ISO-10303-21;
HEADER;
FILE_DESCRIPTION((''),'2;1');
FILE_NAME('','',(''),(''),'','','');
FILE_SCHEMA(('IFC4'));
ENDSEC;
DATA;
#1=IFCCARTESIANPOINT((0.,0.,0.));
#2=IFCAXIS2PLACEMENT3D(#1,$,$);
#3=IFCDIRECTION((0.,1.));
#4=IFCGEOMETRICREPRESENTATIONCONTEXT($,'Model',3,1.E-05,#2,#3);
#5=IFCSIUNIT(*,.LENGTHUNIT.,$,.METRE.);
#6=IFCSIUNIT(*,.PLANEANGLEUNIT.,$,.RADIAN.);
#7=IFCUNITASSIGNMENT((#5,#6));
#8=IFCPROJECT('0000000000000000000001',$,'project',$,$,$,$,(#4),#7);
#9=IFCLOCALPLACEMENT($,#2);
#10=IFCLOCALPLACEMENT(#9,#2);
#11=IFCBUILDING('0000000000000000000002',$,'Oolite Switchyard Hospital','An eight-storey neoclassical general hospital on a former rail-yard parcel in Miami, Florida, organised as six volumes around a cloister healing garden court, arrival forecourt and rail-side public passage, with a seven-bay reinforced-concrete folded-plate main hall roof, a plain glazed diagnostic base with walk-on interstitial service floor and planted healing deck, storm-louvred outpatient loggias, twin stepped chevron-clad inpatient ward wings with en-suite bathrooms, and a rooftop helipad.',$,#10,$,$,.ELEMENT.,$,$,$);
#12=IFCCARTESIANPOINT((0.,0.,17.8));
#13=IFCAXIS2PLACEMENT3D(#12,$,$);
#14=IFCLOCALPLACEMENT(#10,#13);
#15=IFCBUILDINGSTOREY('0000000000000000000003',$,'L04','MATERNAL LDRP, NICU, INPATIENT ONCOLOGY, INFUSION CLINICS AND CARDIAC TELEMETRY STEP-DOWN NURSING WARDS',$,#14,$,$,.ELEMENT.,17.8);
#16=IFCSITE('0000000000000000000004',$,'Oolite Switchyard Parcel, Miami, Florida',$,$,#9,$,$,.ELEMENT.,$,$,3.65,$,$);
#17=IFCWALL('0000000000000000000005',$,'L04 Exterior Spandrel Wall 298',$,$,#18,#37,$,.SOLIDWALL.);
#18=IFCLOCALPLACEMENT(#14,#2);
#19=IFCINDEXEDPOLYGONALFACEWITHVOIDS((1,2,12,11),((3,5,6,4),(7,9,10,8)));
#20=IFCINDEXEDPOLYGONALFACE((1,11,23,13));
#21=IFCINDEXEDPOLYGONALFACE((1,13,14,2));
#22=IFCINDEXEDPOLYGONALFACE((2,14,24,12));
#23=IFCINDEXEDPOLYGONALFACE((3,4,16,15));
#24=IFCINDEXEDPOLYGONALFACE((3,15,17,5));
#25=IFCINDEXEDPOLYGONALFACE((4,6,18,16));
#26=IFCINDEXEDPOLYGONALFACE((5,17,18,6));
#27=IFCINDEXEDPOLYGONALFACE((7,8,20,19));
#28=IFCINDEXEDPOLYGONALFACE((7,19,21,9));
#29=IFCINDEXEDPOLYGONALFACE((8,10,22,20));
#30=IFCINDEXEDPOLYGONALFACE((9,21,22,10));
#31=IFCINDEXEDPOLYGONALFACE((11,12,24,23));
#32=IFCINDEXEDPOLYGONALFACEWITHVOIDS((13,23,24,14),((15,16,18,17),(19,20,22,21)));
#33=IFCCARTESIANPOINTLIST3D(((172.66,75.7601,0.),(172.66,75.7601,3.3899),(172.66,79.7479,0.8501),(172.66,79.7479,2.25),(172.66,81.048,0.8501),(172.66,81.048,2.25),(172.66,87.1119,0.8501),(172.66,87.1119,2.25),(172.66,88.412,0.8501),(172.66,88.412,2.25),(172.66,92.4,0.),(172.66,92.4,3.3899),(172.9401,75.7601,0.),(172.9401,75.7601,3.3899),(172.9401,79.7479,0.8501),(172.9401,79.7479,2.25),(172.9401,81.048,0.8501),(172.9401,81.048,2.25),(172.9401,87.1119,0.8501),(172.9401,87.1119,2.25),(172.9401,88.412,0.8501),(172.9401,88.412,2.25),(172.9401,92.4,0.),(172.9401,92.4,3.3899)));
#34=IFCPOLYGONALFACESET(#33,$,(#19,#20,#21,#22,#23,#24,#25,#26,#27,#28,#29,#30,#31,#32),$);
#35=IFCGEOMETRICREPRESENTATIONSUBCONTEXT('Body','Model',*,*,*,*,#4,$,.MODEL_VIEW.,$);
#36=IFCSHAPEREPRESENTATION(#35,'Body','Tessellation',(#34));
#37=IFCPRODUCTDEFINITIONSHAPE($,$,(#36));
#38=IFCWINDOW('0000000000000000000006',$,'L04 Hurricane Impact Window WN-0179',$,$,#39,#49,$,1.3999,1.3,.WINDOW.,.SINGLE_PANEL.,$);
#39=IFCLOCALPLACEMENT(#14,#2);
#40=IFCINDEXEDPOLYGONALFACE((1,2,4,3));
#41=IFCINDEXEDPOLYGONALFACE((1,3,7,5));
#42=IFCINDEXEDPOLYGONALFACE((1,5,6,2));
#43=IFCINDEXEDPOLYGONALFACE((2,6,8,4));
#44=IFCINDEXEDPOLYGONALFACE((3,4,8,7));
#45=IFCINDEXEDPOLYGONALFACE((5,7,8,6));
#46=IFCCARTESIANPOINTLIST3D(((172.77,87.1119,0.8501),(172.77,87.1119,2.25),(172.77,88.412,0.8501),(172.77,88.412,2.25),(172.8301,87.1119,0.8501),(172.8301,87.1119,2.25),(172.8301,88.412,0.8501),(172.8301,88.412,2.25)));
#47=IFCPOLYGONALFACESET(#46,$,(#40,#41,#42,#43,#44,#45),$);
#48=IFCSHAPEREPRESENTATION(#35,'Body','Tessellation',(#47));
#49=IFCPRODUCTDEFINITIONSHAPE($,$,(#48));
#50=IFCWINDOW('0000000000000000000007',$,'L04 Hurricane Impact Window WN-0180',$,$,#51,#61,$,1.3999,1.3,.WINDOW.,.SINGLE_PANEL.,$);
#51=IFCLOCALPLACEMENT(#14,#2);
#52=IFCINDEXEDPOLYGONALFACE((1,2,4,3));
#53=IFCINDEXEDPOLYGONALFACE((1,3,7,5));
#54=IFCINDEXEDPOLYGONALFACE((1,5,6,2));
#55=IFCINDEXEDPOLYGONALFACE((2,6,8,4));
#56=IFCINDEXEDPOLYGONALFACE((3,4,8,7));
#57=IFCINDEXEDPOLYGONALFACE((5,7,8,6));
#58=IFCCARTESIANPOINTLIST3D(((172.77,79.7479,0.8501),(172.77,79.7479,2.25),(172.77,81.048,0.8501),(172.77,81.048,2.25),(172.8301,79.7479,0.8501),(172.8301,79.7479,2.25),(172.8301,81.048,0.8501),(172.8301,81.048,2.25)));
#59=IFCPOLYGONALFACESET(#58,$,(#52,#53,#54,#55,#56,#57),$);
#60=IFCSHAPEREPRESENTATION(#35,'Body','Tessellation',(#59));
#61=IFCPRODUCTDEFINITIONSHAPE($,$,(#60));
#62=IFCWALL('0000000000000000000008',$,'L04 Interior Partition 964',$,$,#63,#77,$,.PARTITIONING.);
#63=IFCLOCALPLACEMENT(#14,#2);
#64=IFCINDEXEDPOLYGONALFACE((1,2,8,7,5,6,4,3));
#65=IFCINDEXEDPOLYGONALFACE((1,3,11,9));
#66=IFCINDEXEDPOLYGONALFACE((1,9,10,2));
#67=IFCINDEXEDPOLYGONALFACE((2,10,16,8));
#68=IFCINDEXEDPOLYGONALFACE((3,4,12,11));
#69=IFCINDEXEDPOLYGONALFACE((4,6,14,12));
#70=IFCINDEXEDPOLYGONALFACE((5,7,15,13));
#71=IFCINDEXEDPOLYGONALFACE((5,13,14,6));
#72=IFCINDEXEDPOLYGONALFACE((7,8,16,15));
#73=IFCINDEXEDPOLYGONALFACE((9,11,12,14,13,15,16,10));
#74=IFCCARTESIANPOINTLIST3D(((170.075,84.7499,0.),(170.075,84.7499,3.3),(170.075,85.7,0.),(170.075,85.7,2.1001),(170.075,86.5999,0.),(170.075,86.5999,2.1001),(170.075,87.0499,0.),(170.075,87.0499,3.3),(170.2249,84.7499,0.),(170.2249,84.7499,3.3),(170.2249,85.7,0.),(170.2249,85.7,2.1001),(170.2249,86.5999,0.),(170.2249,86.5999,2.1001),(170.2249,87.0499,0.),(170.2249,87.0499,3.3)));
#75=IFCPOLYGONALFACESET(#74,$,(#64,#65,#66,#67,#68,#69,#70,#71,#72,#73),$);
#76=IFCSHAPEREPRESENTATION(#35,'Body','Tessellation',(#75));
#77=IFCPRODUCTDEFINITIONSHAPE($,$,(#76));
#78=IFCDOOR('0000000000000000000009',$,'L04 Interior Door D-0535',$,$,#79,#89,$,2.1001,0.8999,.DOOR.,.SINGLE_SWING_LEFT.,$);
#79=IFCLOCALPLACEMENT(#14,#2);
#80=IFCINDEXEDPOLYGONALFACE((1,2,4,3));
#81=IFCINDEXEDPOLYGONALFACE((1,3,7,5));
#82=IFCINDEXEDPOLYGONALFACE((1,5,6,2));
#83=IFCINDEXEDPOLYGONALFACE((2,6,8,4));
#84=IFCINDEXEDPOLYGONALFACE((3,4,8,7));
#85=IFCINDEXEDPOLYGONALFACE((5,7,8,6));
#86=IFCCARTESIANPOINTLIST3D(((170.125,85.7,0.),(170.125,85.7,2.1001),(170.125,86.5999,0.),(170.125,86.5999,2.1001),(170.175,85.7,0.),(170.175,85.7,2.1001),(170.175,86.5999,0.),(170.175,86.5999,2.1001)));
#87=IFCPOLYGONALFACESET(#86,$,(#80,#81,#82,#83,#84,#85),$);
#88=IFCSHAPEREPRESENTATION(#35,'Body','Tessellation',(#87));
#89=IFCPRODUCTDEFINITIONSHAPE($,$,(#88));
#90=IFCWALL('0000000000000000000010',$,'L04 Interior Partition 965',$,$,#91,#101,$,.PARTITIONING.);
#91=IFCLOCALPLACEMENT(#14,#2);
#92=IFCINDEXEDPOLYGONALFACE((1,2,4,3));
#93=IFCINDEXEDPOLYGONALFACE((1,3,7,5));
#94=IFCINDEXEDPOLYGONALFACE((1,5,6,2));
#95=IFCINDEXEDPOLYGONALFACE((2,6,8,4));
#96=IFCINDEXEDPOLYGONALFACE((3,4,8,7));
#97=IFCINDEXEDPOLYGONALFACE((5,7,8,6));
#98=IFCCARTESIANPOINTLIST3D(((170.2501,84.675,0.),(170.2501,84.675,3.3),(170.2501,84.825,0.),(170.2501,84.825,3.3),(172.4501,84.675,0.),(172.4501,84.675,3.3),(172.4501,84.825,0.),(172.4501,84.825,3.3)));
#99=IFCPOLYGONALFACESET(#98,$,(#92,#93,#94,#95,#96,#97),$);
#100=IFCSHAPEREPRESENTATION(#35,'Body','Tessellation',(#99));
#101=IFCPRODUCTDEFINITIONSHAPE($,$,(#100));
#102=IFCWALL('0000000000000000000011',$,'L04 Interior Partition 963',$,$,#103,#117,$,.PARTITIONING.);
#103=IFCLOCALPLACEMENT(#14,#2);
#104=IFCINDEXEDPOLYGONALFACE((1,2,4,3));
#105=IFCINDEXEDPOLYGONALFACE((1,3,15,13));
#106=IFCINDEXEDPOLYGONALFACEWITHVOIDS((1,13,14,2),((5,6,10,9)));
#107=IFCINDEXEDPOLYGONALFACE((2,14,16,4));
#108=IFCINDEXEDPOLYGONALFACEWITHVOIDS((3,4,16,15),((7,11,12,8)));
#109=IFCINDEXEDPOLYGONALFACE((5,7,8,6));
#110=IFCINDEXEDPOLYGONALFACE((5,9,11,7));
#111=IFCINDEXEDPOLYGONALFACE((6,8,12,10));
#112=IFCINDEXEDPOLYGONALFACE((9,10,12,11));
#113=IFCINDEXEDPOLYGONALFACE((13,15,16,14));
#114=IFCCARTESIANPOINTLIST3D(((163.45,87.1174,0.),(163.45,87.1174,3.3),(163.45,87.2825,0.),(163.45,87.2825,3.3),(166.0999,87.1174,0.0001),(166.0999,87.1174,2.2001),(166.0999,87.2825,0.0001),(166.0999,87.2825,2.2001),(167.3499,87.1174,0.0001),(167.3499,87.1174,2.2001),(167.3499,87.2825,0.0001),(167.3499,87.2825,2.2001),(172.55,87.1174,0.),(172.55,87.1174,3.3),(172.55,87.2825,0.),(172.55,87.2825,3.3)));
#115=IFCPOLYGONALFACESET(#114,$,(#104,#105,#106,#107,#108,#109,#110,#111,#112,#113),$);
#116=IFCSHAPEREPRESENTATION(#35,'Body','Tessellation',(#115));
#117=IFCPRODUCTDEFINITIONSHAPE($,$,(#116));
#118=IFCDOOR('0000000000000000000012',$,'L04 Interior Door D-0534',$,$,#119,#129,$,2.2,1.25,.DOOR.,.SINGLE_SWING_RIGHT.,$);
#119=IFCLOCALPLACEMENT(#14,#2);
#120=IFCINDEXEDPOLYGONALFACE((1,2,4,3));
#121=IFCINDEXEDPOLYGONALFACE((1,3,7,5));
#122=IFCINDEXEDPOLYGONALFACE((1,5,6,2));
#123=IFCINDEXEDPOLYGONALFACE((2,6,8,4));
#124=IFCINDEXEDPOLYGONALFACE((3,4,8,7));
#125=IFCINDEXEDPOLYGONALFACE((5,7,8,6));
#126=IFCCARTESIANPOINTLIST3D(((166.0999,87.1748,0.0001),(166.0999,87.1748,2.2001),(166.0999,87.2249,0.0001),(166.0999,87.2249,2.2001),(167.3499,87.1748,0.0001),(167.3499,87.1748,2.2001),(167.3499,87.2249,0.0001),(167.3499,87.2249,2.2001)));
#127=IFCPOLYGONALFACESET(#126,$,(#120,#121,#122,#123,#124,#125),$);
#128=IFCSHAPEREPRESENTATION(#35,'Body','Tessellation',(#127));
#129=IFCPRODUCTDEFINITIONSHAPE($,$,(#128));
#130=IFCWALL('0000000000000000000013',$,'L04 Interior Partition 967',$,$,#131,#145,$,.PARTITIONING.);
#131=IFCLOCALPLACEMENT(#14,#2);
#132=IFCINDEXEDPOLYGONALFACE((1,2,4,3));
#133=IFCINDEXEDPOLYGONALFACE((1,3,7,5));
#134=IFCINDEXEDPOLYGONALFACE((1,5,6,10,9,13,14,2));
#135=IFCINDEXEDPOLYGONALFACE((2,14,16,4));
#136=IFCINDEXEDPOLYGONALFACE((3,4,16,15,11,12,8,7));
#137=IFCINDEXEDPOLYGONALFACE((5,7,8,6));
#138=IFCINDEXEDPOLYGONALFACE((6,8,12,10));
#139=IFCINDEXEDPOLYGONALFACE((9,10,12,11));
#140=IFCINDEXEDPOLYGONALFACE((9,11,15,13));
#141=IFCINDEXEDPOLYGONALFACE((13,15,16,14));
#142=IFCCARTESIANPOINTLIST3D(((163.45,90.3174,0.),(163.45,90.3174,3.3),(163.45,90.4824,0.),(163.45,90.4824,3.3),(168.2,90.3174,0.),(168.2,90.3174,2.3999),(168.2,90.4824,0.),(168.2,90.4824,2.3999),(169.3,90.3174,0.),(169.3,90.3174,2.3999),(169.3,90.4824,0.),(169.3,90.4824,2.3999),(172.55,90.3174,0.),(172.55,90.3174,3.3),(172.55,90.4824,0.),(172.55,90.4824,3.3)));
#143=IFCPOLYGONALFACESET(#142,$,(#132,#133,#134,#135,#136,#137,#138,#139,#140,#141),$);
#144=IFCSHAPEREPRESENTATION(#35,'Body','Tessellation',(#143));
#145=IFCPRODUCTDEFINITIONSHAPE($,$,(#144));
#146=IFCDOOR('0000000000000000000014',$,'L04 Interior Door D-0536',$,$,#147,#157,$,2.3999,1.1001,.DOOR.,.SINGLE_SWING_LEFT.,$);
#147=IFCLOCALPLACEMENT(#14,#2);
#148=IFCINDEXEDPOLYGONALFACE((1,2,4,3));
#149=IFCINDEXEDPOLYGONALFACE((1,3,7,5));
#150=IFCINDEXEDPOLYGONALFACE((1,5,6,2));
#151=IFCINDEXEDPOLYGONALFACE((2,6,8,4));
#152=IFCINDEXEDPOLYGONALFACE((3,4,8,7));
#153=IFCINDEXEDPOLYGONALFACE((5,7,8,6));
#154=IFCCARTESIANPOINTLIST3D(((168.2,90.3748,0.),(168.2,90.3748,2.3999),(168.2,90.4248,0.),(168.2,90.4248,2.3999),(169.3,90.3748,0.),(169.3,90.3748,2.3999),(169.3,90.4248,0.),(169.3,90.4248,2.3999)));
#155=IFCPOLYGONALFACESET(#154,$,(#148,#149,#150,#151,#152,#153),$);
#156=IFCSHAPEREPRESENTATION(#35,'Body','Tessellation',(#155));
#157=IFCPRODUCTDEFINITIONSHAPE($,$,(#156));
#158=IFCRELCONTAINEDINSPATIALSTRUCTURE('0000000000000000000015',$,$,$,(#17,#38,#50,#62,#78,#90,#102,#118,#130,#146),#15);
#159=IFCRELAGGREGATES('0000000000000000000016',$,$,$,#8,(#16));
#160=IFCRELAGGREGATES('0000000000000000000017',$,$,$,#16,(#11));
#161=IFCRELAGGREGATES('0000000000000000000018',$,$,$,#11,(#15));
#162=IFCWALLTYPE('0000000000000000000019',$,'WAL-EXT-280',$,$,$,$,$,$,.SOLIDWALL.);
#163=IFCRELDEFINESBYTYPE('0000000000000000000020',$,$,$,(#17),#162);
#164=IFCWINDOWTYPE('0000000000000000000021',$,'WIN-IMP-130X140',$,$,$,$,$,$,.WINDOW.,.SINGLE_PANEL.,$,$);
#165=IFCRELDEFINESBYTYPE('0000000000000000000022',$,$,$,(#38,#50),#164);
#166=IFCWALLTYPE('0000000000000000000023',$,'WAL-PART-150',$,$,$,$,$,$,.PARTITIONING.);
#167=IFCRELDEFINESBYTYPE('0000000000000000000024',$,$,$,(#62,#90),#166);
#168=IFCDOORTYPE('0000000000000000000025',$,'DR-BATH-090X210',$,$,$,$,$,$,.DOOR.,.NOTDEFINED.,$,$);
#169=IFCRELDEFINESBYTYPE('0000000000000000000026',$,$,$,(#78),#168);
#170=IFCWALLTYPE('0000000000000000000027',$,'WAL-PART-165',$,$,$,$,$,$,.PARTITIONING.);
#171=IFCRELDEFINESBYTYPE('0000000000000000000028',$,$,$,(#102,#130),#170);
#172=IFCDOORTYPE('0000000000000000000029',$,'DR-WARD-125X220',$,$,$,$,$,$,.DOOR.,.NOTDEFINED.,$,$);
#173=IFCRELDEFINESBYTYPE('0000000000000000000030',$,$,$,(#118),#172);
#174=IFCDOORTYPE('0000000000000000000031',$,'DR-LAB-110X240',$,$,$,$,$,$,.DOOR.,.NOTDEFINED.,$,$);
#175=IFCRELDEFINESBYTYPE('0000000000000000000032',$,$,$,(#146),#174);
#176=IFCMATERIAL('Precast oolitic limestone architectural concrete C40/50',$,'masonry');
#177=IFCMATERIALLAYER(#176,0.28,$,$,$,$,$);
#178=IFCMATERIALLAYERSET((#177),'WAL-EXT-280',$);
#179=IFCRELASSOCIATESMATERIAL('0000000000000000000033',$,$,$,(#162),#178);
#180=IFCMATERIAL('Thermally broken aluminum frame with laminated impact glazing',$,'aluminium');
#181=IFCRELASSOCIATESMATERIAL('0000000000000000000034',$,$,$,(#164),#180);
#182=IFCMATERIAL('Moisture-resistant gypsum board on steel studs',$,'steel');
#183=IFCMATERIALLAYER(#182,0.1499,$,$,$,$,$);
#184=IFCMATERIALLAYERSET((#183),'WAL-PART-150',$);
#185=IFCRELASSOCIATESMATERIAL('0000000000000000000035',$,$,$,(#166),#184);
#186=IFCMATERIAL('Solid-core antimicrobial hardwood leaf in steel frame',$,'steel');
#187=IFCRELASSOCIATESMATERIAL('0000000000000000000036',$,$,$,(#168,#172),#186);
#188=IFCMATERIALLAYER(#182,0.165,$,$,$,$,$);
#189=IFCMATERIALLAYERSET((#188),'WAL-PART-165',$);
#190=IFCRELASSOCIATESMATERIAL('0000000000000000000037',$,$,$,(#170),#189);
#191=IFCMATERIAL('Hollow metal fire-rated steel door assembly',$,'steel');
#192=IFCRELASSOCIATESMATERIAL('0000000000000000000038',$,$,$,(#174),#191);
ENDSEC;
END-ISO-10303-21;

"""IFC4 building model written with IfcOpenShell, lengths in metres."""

from ifc_helpers import new_model, si_unit, direction, frame, frame_2d, origin, place, context, subcontext, project, spatial, rectangle, extrude, material, layer, layer_set, type_object, element, fill, save


model = new_model("IFC4")

# Units and contexts
model_context = context("Model", 3, precision=1e-05, world=origin(), true_north=direction((0.0, 1.0)))
body_context = subcontext(model_context, "Body", "Model", "MODEL_VIEW")
ifc_project = project(units=[si_unit("LENGTHUNIT", "METRE"), si_unit("PLANEANGLEUNIT", "RADIAN")], contexts=[model_context])

# Site, building, storey
site_placement = place(None, origin())
site = spatial("IfcSite", under=ifc_project, at=site_placement, Name="Oolite Switchyard Parcel, Miami, Florida", CompositionType="ELEMENT", RefElevation=3.65)
building_placement = place(site_placement, origin())
building = spatial("IfcBuilding", under=site, at=building_placement, Name="Oolite Switchyard Hospital", Description="An eight-storey neoclassical general hospital on a former rail-yard parcel in Miami, Florida, organised as six volumes around a cloister healing garden court, arrival forecourt and rail-side public passage, with a seven-bay reinforced-concrete folded-plate main hall roof, a plain glazed diagnostic base with walk-on interstitial service floor and planted healing deck, storm-louvred outpatient loggias, twin stepped chevron-clad inpatient ward wings with en-suite bathrooms, and a rooftop helipad.", CompositionType="ELEMENT")
storey_placement = place(building_placement, frame((0.0, 0.0, 17.8)))
storey = spatial("IfcBuildingStorey", under=building, at=storey_placement, Name="L04", Description="MATERNAL LDRP, NICU, INPATIENT ONCOLOGY, INFUSION CLINICS AND CARDIAC TELEMETRY STEP-DOWN NURSING WARDS", CompositionType="ELEMENT", Elevation=17.8)

# Wall, openings, windows
ifc_material_1 = material(Name="Precast oolitic limestone architectural concrete C40/50", Category="masonry")
ifc_layer_1 = layer(ifc_material_1, 0.28)
ifc_layer_set_1 = layer_set([ifc_layer_1], Name="WAL-EXT-280")
wall_type_1 = type_object("IfcWallType", Name="WAL-EXT-280", PredefinedType="SOLIDWALL", material=ifc_layer_set_1)
wall_1_placement = place(storey_placement, frame((172.8, 92.3999, 0.0), z_axis=(0.0, 0.0, 1.0), x_axis=(0.0, -1.0, 0.0)))
wall_1 = element("IfcWall", 1, at=wall_1_placement, inside=storey, type_object=wall_type_1, Name="L04 Exterior Spandrel Wall 298", PredefinedType="SOLIDWALL", context=body_context, shape_type="SweptSolid", body=[
    extrude(rectangle(XDim=16.6399, YDim=0.28, at=frame_2d((8.3198, 0.0))), origin(), (0.0, 0.0, 1.0), 3.3899),
])
opening_1_placement = place(wall_1_placement, frame((3.988, 0.0, 0.8501)))
opening_1 = element("IfcOpeningElement", 2, at=opening_1_placement, cuts=wall_1, PredefinedType="OPENING", context=body_context, shape_type="SweptSolid", body=[
    extrude(rectangle(XDim=1.3, YDim=1.3999, at=frame_2d((0.6499, 0.7))), frame((0.0, 0.1499, 0.0), z_axis=(0.0, -1.0, 0.0), x_axis=(1.0, 0.0, 0.0)), (0.0, 0.0, 1.0), 0.3),
])
opening_2_placement = place(wall_1_placement, frame((11.3521, 0.0, 0.8501)))
opening_2 = element("IfcOpeningElement", 3, at=opening_2_placement, cuts=wall_1, PredefinedType="OPENING", context=body_context, shape_type="SweptSolid", body=[
    extrude(rectangle(XDim=1.3, YDim=1.3999, at=frame_2d((0.6499, 0.7))), frame((0.0, 0.1499, 0.0), z_axis=(0.0, -1.0, 0.0), x_axis=(1.0, 0.0, 0.0)), (0.0, 0.0, 1.0), 0.3),
])
ifc_material_2 = material(Name="Thermally broken aluminum frame with laminated impact glazing", Category="aluminium")
window_type = type_object("IfcWindowType", Name="WIN-IMP-130X140", PartitioningType="SINGLE_PANEL", PredefinedType="WINDOW", material=ifc_material_2)
window_1_placement = place(opening_1_placement, origin())
window_1 = element("IfcWindow", 4, at=window_1_placement, inside=storey, type_object=window_type, Name="L04 Hurricane Impact Window WN-0179", OverallHeight=1.3999, OverallWidth=1.3, PartitioningType="SINGLE_PANEL", PredefinedType="WINDOW", context=body_context, shape_type="SweptSolid", body=[
    extrude(rectangle(XDim=1.3, YDim=1.3999, at=frame_2d((0.6499, 0.7))), frame((0.0, 0.03, 0.0), z_axis=(0.0, -1.0, 0.0), x_axis=(1.0, 0.0, 0.0)), (0.0, 0.0, 1.0), 0.0601),
])
fill(opening_1, window_1)
window_2_placement = place(opening_2_placement, origin())
window_2 = element("IfcWindow", 5, at=window_2_placement, inside=storey, type_object=window_type, Name="L04 Hurricane Impact Window WN-0180", OverallHeight=1.3999, OverallWidth=1.3, PartitioningType="SINGLE_PANEL", PredefinedType="WINDOW", context=body_context, shape_type="SweptSolid", body=[
    extrude(rectangle(XDim=1.3, YDim=1.3999, at=frame_2d((0.6499, 0.7))), frame((0.0, 0.03, 0.0), z_axis=(0.0, -1.0, 0.0), x_axis=(1.0, 0.0, 0.0)), (0.0, 0.0, 1.0), 0.0601),
])
fill(opening_2, window_2)

# Wall, opening, door
ifc_material_3 = material(Name="Moisture-resistant gypsum board on steel studs", Category="steel")
ifc_layer_2 = layer(ifc_material_3, 0.1499)
ifc_layer_set_2 = layer_set([ifc_layer_2], Name="WAL-PART-150")
wall_type_2 = type_object("IfcWallType", Name="WAL-PART-150", PredefinedType="PARTITIONING", material=ifc_layer_set_2)
wall_2_placement = place(storey_placement, frame((170.1499, 84.75, 0.0), z_axis=(0.0, 0.0, 1.0), x_axis=(0.0, 1.0, 0.0)))
wall_2 = element("IfcWall", 6, at=wall_2_placement, inside=storey, type_object=wall_type_2, Name="L04 Interior Partition 964", PredefinedType="PARTITIONING", context=body_context, shape_type="SweptSolid", body=[
    extrude(rectangle(XDim=2.3, YDim=0.1499, at=frame_2d((1.1499, 0.0))), origin(), (0.0, 0.0, 1.0), 3.3),
])
opening_3_placement = place(wall_2_placement, frame((0.95, 0.0, 0.0)))
opening_3 = element("IfcOpeningElement", 7, at=opening_3_placement, cuts=wall_2, PredefinedType="OPENING", context=body_context, shape_type="SweptSolid", body=[
    extrude(rectangle(XDim=0.8999, YDim=2.1001, at=frame_2d((0.45, 1.05))), frame((0.0, 0.085, 0.0), z_axis=(0.0, -1.0, 0.0), x_axis=(1.0, 0.0, 0.0)), (0.0, 0.0, 1.0), 0.1699),
])
ifc_material_4 = material(Name="Solid-core antimicrobial hardwood leaf in steel frame", Category="steel")
door_type_1 = type_object("IfcDoorType", Name="DR-BATH-090X210", OperationType="NOTDEFINED", PredefinedType="DOOR", material=ifc_material_4)
door_1_placement = place(opening_3_placement, origin())
door_1 = element("IfcDoor", 8, at=door_1_placement, inside=storey, type_object=door_type_1, Name="L04 Interior Door D-0535", OperationType="SINGLE_SWING_LEFT", OverallHeight=2.1001, OverallWidth=0.8999, PredefinedType="DOOR", context=body_context, shape_type="SweptSolid", body=[
    extrude(rectangle(XDim=0.8999, YDim=2.1001, at=frame_2d((0.45, 1.05))), frame((0.0, 0.0249, 0.0), z_axis=(0.0, -1.0, 0.0), x_axis=(1.0, 0.0, 0.0)), (0.0, 0.0, 1.0), 0.05),
])
fill(opening_3, door_1)

# Wall
wall_3_placement = place(storey_placement, frame((170.25, 84.75, 0.0), z_axis=(0.0, 0.0, 1.0), x_axis=(1.0, 0.0, 0.0)))
element("IfcWall", 9, at=wall_3_placement, inside=storey, type_object=wall_type_2, Name="L04 Interior Partition 965", PredefinedType="PARTITIONING", context=body_context, shape_type="SweptSolid", body=[
    extrude(rectangle(XDim=2.2, YDim=0.1499, at=frame_2d((1.1001, 0.0))), origin(), (0.0, 0.0, 1.0), 3.3),
])

# Walls, openings, doors
ifc_layer_3 = layer(ifc_material_3, 0.165)
ifc_layer_set_3 = layer_set([ifc_layer_3], Name="WAL-PART-165")
wall_type_3 = type_object("IfcWallType", Name="WAL-PART-165", PredefinedType="PARTITIONING", material=ifc_layer_set_3)
wall_4_placement = place(storey_placement, frame((163.45, 87.2, 0.0), z_axis=(0.0, 0.0, 1.0), x_axis=(1.0, 0.0, 0.0)))
wall_4 = element("IfcWall", 10, at=wall_4_placement, inside=storey, type_object=wall_type_3, Name="L04 Interior Partition 963", PredefinedType="PARTITIONING", context=body_context, shape_type="SweptSolid", body=[
    extrude(rectangle(XDim=9.1001, YDim=0.165, at=frame_2d((4.55, 0.0))), origin(), (0.0, 0.0, 1.0), 3.3),
])
opening_4_placement = place(wall_4_placement, frame((2.6499, 0.0, 0.0)))
opening_4 = element("IfcOpeningElement", 11, at=opening_4_placement, cuts=wall_4, PredefinedType="OPENING", context=body_context, shape_type="SweptSolid", body=[
    extrude(rectangle(XDim=1.25, YDim=2.2, at=frame_2d((0.625, 1.1001))), frame((0.0, 0.0925, 0.0), z_axis=(0.0, -1.0, 0.0), x_axis=(1.0, 0.0, 0.0)), (0.0, 0.0, 1.0), 0.1851),
])
door_type_2 = type_object("IfcDoorType", Name="DR-WARD-125X220", OperationType="NOTDEFINED", PredefinedType="DOOR", material=ifc_material_4)
door_2_placement = place(opening_4_placement, origin())
door_2 = element("IfcDoor", 12, at=door_2_placement, inside=storey, type_object=door_type_2, Name="L04 Interior Door D-0534", OperationType="SINGLE_SWING_RIGHT", OverallHeight=2.2, OverallWidth=1.25, PredefinedType="DOOR", context=body_context, shape_type="SweptSolid", body=[
    extrude(rectangle(XDim=1.25, YDim=2.2, at=frame_2d((0.625, 1.1001))), frame((0.0, 0.0249, 0.0), z_axis=(0.0, -1.0, 0.0), x_axis=(1.0, 0.0, 0.0)), (0.0, 0.0, 1.0), 0.05),
])
fill(opening_4, door_2)
wall_5_placement = place(storey_placement, frame((163.45, 90.3999, 0.0), z_axis=(0.0, 0.0, 1.0), x_axis=(1.0, 0.0, 0.0)))
wall_5 = element("IfcWall", 13, at=wall_5_placement, inside=storey, type_object=wall_type_3, Name="L04 Interior Partition 967", PredefinedType="PARTITIONING", context=body_context, shape_type="SweptSolid", body=[
    extrude(rectangle(XDim=9.1001, YDim=0.165, at=frame_2d((4.55, 0.0))), origin(), (0.0, 0.0, 1.0), 3.3),
])
opening_5_placement = place(wall_5_placement, frame((4.75, 0.0, 0.0)))
opening_5 = element("IfcOpeningElement", 14, at=opening_5_placement, cuts=wall_5, PredefinedType="OPENING", context=body_context, shape_type="SweptSolid", body=[
    extrude(rectangle(XDim=1.1001, YDim=2.3999, at=frame_2d((0.55, 1.2))), frame((0.0, 0.0925, 0.0), z_axis=(0.0, -1.0, 0.0), x_axis=(1.0, 0.0, 0.0)), (0.0, 0.0, 1.0), 0.1851),
])
ifc_material_5 = material(Name="Hollow metal fire-rated steel door assembly", Category="steel")
door_type_3 = type_object("IfcDoorType", Name="DR-LAB-110X240", OperationType="NOTDEFINED", PredefinedType="DOOR", material=ifc_material_5)
door_3_placement = place(opening_5_placement, origin())
door_3 = element("IfcDoor", 15, at=door_3_placement, inside=storey, type_object=door_type_3, Name="L04 Interior Door D-0536", OperationType="SINGLE_SWING_LEFT", OverallHeight=2.3999, OverallWidth=1.1001, PredefinedType="DOOR", context=body_context, shape_type="SweptSolid", body=[
    extrude(rectangle(XDim=1.1001, YDim=2.3999, at=frame_2d((0.55, 1.2))), frame((0.0, 0.0249, 0.0), z_axis=(0.0, -1.0, 0.0), x_axis=(1.0, 0.0, 0.0)), (0.0, 0.0, 1.0), 0.05),
])
fill(opening_5, door_3)

save(model, "model.ifc")
